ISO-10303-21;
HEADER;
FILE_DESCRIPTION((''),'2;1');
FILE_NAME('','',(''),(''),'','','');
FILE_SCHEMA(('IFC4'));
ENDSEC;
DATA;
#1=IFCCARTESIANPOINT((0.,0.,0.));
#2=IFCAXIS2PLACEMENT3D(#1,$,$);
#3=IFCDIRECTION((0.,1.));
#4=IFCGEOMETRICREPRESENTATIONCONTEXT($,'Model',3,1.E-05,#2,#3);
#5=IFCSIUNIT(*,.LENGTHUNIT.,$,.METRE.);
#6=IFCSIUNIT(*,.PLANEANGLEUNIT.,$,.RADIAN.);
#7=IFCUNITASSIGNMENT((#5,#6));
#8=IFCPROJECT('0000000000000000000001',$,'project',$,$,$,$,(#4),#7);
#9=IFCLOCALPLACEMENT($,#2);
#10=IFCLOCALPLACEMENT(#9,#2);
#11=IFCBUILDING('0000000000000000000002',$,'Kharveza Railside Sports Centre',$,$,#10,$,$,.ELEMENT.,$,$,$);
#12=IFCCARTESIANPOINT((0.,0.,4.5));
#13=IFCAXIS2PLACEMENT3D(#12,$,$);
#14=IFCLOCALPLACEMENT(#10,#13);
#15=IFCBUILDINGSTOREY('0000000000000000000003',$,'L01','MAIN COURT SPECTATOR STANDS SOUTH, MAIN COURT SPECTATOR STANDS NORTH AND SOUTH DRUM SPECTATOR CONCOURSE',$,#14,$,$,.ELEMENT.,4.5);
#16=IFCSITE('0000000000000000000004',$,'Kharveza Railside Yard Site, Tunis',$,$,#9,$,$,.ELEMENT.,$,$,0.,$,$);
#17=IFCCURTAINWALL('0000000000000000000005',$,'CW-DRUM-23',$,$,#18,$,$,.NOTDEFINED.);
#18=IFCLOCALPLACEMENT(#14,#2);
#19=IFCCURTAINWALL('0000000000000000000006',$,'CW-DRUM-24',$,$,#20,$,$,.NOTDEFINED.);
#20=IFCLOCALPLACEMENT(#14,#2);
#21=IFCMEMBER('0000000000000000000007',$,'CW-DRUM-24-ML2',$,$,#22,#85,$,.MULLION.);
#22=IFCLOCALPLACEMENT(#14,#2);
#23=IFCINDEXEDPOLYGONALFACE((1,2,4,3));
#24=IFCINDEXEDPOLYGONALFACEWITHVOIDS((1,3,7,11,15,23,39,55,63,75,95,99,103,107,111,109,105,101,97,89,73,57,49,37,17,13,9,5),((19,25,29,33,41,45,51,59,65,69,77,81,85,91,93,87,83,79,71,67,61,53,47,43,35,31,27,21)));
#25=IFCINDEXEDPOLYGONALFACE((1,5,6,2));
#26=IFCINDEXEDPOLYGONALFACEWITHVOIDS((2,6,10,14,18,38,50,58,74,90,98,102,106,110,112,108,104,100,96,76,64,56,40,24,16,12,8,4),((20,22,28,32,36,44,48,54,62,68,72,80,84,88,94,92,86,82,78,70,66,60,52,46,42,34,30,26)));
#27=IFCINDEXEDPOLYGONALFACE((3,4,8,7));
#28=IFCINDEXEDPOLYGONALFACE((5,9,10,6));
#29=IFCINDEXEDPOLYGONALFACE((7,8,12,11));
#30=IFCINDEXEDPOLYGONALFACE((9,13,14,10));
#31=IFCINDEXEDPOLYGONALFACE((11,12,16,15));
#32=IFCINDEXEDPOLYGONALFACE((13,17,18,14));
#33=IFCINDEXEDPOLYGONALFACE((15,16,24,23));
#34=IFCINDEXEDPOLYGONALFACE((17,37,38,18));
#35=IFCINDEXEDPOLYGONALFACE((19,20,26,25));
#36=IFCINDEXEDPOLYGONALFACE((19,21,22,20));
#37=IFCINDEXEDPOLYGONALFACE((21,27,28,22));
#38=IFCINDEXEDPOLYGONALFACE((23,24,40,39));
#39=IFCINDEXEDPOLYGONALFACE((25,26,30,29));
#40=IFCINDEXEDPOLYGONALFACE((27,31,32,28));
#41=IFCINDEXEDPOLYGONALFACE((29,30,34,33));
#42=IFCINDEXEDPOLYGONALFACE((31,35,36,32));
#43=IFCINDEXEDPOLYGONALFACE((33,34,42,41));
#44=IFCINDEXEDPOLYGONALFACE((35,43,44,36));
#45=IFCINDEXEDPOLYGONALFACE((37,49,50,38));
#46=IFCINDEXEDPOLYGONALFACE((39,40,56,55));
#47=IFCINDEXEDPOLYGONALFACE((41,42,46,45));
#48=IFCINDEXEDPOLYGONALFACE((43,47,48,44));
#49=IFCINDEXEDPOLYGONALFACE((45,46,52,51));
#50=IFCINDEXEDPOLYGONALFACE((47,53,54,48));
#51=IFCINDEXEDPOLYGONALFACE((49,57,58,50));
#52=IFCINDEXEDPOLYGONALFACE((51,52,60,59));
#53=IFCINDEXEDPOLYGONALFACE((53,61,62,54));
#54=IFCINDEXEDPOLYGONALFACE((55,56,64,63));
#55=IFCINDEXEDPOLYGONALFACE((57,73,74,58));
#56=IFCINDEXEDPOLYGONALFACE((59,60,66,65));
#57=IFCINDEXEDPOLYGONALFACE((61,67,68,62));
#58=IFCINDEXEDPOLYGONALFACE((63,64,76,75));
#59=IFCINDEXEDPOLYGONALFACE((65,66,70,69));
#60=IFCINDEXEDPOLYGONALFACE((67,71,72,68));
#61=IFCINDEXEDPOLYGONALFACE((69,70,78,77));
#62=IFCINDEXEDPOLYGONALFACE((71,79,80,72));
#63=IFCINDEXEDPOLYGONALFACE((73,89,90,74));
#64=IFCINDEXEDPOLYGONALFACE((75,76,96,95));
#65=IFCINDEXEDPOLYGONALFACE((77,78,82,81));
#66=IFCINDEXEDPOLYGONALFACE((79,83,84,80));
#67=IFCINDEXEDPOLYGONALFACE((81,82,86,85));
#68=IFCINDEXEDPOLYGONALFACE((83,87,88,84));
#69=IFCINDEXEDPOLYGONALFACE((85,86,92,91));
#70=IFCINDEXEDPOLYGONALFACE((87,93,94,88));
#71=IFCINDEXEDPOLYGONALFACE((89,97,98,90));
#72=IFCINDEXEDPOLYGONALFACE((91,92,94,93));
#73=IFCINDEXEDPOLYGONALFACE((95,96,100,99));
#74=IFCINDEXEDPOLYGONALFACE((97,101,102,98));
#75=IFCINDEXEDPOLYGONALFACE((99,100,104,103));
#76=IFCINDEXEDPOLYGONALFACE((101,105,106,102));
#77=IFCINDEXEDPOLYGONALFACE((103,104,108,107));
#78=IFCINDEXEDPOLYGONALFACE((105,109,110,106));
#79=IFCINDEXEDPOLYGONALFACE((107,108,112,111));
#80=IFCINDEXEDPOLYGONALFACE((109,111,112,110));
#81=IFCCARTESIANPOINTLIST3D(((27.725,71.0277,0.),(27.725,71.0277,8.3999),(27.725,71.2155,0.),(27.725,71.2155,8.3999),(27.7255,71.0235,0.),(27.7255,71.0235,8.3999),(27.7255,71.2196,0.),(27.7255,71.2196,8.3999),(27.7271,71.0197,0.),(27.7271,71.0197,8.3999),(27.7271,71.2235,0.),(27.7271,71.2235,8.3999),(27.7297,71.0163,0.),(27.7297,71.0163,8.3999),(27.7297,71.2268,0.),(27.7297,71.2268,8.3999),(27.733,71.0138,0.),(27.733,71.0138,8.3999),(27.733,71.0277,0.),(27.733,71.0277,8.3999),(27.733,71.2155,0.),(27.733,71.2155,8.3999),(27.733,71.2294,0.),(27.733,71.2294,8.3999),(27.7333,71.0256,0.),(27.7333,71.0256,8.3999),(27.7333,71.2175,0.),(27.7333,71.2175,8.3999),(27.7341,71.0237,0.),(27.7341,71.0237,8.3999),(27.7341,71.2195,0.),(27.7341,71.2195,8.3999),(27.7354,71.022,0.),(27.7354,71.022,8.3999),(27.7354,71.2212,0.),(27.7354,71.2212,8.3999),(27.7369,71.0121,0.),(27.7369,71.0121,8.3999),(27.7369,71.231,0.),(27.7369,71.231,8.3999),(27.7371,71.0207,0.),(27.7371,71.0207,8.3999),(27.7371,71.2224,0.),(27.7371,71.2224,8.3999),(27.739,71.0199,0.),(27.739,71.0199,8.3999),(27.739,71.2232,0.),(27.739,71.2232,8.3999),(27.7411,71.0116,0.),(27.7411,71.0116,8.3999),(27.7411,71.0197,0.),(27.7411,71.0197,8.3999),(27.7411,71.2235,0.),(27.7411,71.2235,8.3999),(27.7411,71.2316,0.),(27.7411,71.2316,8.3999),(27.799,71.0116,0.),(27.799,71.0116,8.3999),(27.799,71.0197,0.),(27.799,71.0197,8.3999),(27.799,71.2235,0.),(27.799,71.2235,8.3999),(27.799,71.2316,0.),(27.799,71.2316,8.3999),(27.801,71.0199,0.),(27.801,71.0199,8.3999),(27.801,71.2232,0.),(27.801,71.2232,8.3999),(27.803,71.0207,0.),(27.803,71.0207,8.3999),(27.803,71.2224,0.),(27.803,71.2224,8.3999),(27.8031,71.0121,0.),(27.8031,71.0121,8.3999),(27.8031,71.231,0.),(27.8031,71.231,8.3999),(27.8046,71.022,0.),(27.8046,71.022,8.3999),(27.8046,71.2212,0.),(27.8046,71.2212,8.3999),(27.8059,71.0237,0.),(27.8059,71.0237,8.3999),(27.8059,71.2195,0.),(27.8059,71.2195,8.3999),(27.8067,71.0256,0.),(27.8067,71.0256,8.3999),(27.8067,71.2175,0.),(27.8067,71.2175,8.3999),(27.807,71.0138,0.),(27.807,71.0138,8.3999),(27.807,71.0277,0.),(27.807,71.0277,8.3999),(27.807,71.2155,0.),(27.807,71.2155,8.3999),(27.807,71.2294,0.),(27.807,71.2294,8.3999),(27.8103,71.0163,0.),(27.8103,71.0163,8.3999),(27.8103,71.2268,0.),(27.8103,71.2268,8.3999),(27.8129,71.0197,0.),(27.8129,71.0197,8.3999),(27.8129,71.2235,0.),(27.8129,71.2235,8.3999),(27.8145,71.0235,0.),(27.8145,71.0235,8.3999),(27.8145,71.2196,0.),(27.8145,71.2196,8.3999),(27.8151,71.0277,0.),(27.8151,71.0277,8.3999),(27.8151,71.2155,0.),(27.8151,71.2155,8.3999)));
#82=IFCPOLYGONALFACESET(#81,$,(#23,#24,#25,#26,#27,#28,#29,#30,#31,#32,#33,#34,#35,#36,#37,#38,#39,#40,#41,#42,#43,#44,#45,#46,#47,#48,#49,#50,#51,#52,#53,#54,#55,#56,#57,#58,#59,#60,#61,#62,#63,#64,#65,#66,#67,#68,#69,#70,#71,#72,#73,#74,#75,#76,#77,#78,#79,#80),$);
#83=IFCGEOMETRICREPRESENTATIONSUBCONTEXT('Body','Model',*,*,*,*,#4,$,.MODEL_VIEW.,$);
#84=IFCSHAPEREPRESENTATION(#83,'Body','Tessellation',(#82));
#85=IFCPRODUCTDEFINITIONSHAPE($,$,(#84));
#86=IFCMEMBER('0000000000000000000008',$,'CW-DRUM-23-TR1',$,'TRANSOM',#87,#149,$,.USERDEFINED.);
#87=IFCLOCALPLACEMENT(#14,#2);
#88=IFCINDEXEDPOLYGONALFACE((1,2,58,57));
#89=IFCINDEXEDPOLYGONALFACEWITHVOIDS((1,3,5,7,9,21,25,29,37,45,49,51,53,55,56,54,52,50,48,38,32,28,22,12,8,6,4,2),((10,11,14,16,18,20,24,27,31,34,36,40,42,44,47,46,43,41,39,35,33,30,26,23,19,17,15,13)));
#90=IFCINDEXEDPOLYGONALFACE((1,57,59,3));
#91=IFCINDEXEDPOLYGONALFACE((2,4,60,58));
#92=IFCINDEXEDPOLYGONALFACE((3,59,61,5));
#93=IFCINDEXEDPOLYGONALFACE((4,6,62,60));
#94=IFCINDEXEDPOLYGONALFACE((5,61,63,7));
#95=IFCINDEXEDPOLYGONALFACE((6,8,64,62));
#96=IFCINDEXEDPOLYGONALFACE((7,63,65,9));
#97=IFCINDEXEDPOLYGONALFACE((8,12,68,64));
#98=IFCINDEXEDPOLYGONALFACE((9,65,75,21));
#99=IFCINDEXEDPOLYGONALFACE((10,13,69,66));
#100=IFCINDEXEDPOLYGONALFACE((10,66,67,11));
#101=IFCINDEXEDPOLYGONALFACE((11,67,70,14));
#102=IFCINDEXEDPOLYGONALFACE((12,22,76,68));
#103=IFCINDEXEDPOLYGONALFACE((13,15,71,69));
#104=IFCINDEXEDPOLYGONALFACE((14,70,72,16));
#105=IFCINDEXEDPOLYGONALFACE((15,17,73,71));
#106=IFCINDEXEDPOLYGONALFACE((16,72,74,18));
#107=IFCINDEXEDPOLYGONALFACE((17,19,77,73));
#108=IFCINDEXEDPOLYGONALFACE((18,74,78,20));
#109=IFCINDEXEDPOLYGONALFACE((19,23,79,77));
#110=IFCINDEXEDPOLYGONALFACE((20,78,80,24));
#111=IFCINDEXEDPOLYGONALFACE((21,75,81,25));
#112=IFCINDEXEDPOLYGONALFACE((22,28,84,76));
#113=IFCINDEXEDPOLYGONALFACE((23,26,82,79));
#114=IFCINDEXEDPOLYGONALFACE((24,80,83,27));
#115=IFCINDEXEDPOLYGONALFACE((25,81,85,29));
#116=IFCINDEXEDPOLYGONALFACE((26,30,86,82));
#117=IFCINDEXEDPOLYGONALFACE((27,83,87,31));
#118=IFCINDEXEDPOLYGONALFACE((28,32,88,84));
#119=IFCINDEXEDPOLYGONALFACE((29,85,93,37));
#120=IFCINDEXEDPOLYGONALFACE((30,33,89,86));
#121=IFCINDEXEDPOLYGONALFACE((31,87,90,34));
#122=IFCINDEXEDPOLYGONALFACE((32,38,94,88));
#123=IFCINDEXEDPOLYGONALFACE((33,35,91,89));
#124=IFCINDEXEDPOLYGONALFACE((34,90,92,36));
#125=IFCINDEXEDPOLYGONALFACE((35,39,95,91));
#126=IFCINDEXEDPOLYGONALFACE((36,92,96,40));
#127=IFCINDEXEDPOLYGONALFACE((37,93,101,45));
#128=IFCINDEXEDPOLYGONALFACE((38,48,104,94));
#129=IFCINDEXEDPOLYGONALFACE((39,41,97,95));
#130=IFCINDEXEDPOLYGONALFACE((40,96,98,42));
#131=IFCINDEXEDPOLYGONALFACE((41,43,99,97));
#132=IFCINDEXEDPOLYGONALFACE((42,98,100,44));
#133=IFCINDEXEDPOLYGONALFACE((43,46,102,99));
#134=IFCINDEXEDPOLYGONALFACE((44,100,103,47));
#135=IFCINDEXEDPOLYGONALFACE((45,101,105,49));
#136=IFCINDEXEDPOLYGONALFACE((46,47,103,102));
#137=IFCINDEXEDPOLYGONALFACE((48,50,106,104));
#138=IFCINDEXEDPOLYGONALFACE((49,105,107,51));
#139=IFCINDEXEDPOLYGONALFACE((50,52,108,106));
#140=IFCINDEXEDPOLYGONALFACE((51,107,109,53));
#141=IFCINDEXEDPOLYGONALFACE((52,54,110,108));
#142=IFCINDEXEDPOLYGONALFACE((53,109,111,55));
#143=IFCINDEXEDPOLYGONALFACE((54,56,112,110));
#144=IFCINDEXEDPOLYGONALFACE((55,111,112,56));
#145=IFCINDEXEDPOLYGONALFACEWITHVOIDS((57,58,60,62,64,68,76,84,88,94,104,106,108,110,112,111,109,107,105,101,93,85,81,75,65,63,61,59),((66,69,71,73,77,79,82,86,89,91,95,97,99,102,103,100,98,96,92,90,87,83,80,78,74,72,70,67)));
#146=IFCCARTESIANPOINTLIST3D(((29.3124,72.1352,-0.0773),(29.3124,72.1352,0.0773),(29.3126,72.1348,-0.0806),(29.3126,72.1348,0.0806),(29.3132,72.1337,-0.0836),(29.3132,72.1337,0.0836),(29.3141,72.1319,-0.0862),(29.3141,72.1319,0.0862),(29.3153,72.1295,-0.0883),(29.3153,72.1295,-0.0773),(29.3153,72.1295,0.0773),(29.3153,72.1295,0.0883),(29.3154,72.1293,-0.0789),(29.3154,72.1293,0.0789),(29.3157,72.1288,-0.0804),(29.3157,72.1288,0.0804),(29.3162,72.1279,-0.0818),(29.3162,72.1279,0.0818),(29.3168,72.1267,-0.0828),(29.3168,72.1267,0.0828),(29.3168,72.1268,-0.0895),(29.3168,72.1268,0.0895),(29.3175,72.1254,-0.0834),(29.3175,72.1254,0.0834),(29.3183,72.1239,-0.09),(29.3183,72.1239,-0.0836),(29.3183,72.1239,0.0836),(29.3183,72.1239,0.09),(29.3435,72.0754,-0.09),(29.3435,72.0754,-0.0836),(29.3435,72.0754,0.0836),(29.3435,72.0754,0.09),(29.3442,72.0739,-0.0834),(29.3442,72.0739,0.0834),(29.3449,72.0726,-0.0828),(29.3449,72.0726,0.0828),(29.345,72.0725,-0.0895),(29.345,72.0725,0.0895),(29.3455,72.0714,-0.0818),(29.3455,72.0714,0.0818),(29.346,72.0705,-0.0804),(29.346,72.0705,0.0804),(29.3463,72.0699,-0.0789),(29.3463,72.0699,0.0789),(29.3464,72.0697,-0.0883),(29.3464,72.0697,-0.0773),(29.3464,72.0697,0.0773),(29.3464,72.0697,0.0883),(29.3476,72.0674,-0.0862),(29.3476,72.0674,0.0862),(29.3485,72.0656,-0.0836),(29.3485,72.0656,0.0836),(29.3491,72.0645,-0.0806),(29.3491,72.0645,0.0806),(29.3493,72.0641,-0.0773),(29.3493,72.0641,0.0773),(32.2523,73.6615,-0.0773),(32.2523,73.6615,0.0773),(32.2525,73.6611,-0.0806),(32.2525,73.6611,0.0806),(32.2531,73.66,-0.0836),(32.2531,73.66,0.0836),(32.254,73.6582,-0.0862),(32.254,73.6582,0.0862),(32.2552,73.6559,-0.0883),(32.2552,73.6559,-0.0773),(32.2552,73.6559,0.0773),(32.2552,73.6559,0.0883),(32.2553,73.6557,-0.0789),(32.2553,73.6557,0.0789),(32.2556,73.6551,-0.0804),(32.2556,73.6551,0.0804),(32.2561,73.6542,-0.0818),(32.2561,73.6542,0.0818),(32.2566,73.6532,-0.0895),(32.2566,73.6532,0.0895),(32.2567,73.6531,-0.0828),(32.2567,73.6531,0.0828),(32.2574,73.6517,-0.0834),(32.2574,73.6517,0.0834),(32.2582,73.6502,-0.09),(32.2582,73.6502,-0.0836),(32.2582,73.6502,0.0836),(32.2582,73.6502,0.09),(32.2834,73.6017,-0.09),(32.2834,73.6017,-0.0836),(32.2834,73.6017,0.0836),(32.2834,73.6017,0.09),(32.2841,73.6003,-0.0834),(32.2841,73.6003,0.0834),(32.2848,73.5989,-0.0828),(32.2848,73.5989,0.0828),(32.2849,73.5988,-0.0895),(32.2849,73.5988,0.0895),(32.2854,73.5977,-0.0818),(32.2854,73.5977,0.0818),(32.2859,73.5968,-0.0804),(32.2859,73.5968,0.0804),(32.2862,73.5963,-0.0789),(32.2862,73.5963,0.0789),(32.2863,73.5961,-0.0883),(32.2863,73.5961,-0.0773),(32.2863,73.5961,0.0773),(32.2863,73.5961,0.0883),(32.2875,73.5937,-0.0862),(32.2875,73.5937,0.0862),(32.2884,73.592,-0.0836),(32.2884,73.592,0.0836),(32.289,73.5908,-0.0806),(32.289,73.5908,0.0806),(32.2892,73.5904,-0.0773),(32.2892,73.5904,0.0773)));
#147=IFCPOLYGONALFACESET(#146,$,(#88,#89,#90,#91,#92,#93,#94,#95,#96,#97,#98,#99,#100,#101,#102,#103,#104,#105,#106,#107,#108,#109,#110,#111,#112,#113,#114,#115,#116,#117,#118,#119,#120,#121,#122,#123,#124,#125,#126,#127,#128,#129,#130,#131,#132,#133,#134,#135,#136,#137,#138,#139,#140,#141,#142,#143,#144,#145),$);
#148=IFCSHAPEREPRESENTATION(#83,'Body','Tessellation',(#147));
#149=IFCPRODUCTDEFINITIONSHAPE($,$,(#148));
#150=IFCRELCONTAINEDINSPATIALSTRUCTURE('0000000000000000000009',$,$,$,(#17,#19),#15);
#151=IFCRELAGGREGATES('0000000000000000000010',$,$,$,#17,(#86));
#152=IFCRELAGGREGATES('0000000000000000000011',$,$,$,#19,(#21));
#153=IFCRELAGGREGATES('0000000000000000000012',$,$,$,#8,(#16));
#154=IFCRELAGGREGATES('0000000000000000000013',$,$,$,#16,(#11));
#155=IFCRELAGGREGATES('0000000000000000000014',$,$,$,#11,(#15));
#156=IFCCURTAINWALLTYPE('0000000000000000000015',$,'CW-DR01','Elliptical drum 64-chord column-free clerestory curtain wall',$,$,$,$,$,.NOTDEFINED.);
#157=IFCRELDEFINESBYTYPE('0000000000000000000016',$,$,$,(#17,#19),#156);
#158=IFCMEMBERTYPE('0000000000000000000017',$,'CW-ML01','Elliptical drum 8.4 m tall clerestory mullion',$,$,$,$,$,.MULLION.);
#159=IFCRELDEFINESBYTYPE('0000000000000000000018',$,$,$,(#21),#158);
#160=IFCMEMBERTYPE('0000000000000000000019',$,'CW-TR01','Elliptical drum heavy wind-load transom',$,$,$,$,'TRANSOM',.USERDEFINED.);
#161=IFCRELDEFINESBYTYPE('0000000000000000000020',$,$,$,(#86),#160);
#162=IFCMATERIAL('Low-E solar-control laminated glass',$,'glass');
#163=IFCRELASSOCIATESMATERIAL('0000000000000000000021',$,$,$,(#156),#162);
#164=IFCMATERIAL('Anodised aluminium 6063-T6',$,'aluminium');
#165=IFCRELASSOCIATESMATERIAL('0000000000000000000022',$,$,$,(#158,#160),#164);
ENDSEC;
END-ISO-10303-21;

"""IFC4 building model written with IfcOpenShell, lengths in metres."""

from ifc_helpers import new_model, si_unit, direction, frame, origin, origin_2d, place, context, subcontext, project, spatial, hollow_rectangle, extrude, material, material_profile, profile_set, type_object, element, aggregate, save


model = new_model("IFC4")

# Units and contexts
model_context = context("Model", 3, precision=1e-05, world=origin(), true_north=direction((0.0, 1.0)))
body_context = subcontext(model_context, "Body", "Model", "MODEL_VIEW")
ifc_project = project(units=[si_unit("LENGTHUNIT", "METRE"), si_unit("PLANEANGLEUNIT", "RADIAN")], contexts=[model_context])

# Site, building, storey
site_placement = place(None, origin())
site = spatial("IfcSite", under=ifc_project, at=site_placement, Name="Kharveza Railside Yard Site, Tunis", CompositionType="ELEMENT", RefElevation=0.0)
building_placement = place(site_placement, origin())
building = spatial("IfcBuilding", under=site, at=building_placement, Name="Kharveza Railside Sports Centre", CompositionType="ELEMENT")
storey_placement = place(building_placement, frame((0.0, 0.0, 4.5)))
storey = spatial("IfcBuildingStorey", under=building, at=storey_placement, Name="L01", Description="MAIN COURT SPECTATOR STANDS SOUTH, MAIN COURT SPECTATOR STANDS NORTH AND SOUTH DRUM SPECTATOR CONCOURSE", CompositionType="ELEMENT", Elevation=4.5)

# Curtain walls, member
ifc_material_1 = material(Name="Low-E solar-control laminated glass", Category="glass")
curtain_wall_type = type_object("IfcCurtainWallType", Name="CW-DR01", Description="Elliptical drum 64-chord column-free clerestory curtain wall", PredefinedType="NOTDEFINED", material=ifc_material_1)
curtain_wall_1_placement = place(storey_placement, origin())
curtain_wall_1 = element("IfcCurtainWall", 1, at=curtain_wall_1_placement, inside=storey, type_object=curtain_wall_type, Name="CW-DRUM-23", PredefinedType="NOTDEFINED")
ifc_material_2 = material(Name="Anodised aluminium 6063-T6", Category="aluminium")
ifc_material_profile_1 = material_profile(ifc_material_2, hollow_rectangle(XDim=0.0901, YDim=0.22, WallThickness=0.0081, InnerFilletRadius=0.0081, OuterFilletRadius=0.0161, at=origin_2d()), Name="RHS 90x220x8.0")
ifc_profile_set_1 = profile_set([ifc_material_profile_1], Name="Anodised aluminium 6063-T6")
member_type_1 = type_object("IfcMemberType", Name="CW-ML01", Description="Elliptical drum 8.4 m tall clerestory mullion", PredefinedType="MULLION", material=ifc_profile_set_1)
curtain_wall_2_placement = place(storey_placement, origin())
curtain_wall_2 = element("IfcCurtainWall", 2, at=curtain_wall_2_placement, inside=storey, type_object=curtain_wall_type, Name="CW-DRUM-24", PredefinedType="NOTDEFINED")
member_1_placement = place(storey_placement, frame((27.77, 71.1216, 0.0), z_axis=(0.0, 0.0, 1.0), x_axis=(1.0, 0.0, 0.0)))
member_1 = element("IfcMember", 3, at=member_1_placement, type_object=member_type_1, Name="CW-DRUM-24-ML2", PredefinedType="MULLION", context=body_context, shape_type="SweptSolid", body=[
    extrude(hollow_rectangle(XDim=0.0901, YDim=0.22, WallThickness=0.0081, InnerFilletRadius=0.0081, OuterFilletRadius=0.0161, at=origin_2d()), origin(), (0.0, 0.0, 1.0), 8.3999),
])

# Member
ifc_material_profile_2 = material_profile(ifc_material_2, hollow_rectangle(XDim=0.0801, YDim=0.1799, WallThickness=0.0063, InnerFilletRadius=0.0063, OuterFilletRadius=0.0127, at=origin_2d()), Name="RHS 80x180x6.3")
ifc_profile_set_2 = profile_set([ifc_material_profile_2], Name="Anodised aluminium 6063-T6")
member_type_2 = type_object("IfcMemberType", Name="CW-TR01", Description="Elliptical drum heavy wind-load transom", ElementType="TRANSOM", PredefinedType="USERDEFINED", material=ifc_profile_set_2)
member_2_placement = place(storey_placement, frame((32.2708, 73.626, 0.0), z_axis=(-0.887513, -0.460782, 0.0), x_axis=(0.460782, -0.887513, 0.0)))
member_2 = element("IfcMember", 4, at=member_2_placement, type_object=member_type_2, Name="CW-DRUM-23-TR1", ObjectType="TRANSOM", PredefinedType="USERDEFINED", context=body_context, shape_type="SweptSolid", body=[
    extrude(hollow_rectangle(XDim=0.0801, YDim=0.1799, WallThickness=0.0063, InnerFilletRadius=0.0063, OuterFilletRadius=0.0127, at=origin_2d()), origin(), (0.0, 0.0, 1.0), 3.3125),
])

aggregate(curtain_wall_1, [member_2])
aggregate(curtain_wall_2, [member_1])

save(model, "model.ifc")
